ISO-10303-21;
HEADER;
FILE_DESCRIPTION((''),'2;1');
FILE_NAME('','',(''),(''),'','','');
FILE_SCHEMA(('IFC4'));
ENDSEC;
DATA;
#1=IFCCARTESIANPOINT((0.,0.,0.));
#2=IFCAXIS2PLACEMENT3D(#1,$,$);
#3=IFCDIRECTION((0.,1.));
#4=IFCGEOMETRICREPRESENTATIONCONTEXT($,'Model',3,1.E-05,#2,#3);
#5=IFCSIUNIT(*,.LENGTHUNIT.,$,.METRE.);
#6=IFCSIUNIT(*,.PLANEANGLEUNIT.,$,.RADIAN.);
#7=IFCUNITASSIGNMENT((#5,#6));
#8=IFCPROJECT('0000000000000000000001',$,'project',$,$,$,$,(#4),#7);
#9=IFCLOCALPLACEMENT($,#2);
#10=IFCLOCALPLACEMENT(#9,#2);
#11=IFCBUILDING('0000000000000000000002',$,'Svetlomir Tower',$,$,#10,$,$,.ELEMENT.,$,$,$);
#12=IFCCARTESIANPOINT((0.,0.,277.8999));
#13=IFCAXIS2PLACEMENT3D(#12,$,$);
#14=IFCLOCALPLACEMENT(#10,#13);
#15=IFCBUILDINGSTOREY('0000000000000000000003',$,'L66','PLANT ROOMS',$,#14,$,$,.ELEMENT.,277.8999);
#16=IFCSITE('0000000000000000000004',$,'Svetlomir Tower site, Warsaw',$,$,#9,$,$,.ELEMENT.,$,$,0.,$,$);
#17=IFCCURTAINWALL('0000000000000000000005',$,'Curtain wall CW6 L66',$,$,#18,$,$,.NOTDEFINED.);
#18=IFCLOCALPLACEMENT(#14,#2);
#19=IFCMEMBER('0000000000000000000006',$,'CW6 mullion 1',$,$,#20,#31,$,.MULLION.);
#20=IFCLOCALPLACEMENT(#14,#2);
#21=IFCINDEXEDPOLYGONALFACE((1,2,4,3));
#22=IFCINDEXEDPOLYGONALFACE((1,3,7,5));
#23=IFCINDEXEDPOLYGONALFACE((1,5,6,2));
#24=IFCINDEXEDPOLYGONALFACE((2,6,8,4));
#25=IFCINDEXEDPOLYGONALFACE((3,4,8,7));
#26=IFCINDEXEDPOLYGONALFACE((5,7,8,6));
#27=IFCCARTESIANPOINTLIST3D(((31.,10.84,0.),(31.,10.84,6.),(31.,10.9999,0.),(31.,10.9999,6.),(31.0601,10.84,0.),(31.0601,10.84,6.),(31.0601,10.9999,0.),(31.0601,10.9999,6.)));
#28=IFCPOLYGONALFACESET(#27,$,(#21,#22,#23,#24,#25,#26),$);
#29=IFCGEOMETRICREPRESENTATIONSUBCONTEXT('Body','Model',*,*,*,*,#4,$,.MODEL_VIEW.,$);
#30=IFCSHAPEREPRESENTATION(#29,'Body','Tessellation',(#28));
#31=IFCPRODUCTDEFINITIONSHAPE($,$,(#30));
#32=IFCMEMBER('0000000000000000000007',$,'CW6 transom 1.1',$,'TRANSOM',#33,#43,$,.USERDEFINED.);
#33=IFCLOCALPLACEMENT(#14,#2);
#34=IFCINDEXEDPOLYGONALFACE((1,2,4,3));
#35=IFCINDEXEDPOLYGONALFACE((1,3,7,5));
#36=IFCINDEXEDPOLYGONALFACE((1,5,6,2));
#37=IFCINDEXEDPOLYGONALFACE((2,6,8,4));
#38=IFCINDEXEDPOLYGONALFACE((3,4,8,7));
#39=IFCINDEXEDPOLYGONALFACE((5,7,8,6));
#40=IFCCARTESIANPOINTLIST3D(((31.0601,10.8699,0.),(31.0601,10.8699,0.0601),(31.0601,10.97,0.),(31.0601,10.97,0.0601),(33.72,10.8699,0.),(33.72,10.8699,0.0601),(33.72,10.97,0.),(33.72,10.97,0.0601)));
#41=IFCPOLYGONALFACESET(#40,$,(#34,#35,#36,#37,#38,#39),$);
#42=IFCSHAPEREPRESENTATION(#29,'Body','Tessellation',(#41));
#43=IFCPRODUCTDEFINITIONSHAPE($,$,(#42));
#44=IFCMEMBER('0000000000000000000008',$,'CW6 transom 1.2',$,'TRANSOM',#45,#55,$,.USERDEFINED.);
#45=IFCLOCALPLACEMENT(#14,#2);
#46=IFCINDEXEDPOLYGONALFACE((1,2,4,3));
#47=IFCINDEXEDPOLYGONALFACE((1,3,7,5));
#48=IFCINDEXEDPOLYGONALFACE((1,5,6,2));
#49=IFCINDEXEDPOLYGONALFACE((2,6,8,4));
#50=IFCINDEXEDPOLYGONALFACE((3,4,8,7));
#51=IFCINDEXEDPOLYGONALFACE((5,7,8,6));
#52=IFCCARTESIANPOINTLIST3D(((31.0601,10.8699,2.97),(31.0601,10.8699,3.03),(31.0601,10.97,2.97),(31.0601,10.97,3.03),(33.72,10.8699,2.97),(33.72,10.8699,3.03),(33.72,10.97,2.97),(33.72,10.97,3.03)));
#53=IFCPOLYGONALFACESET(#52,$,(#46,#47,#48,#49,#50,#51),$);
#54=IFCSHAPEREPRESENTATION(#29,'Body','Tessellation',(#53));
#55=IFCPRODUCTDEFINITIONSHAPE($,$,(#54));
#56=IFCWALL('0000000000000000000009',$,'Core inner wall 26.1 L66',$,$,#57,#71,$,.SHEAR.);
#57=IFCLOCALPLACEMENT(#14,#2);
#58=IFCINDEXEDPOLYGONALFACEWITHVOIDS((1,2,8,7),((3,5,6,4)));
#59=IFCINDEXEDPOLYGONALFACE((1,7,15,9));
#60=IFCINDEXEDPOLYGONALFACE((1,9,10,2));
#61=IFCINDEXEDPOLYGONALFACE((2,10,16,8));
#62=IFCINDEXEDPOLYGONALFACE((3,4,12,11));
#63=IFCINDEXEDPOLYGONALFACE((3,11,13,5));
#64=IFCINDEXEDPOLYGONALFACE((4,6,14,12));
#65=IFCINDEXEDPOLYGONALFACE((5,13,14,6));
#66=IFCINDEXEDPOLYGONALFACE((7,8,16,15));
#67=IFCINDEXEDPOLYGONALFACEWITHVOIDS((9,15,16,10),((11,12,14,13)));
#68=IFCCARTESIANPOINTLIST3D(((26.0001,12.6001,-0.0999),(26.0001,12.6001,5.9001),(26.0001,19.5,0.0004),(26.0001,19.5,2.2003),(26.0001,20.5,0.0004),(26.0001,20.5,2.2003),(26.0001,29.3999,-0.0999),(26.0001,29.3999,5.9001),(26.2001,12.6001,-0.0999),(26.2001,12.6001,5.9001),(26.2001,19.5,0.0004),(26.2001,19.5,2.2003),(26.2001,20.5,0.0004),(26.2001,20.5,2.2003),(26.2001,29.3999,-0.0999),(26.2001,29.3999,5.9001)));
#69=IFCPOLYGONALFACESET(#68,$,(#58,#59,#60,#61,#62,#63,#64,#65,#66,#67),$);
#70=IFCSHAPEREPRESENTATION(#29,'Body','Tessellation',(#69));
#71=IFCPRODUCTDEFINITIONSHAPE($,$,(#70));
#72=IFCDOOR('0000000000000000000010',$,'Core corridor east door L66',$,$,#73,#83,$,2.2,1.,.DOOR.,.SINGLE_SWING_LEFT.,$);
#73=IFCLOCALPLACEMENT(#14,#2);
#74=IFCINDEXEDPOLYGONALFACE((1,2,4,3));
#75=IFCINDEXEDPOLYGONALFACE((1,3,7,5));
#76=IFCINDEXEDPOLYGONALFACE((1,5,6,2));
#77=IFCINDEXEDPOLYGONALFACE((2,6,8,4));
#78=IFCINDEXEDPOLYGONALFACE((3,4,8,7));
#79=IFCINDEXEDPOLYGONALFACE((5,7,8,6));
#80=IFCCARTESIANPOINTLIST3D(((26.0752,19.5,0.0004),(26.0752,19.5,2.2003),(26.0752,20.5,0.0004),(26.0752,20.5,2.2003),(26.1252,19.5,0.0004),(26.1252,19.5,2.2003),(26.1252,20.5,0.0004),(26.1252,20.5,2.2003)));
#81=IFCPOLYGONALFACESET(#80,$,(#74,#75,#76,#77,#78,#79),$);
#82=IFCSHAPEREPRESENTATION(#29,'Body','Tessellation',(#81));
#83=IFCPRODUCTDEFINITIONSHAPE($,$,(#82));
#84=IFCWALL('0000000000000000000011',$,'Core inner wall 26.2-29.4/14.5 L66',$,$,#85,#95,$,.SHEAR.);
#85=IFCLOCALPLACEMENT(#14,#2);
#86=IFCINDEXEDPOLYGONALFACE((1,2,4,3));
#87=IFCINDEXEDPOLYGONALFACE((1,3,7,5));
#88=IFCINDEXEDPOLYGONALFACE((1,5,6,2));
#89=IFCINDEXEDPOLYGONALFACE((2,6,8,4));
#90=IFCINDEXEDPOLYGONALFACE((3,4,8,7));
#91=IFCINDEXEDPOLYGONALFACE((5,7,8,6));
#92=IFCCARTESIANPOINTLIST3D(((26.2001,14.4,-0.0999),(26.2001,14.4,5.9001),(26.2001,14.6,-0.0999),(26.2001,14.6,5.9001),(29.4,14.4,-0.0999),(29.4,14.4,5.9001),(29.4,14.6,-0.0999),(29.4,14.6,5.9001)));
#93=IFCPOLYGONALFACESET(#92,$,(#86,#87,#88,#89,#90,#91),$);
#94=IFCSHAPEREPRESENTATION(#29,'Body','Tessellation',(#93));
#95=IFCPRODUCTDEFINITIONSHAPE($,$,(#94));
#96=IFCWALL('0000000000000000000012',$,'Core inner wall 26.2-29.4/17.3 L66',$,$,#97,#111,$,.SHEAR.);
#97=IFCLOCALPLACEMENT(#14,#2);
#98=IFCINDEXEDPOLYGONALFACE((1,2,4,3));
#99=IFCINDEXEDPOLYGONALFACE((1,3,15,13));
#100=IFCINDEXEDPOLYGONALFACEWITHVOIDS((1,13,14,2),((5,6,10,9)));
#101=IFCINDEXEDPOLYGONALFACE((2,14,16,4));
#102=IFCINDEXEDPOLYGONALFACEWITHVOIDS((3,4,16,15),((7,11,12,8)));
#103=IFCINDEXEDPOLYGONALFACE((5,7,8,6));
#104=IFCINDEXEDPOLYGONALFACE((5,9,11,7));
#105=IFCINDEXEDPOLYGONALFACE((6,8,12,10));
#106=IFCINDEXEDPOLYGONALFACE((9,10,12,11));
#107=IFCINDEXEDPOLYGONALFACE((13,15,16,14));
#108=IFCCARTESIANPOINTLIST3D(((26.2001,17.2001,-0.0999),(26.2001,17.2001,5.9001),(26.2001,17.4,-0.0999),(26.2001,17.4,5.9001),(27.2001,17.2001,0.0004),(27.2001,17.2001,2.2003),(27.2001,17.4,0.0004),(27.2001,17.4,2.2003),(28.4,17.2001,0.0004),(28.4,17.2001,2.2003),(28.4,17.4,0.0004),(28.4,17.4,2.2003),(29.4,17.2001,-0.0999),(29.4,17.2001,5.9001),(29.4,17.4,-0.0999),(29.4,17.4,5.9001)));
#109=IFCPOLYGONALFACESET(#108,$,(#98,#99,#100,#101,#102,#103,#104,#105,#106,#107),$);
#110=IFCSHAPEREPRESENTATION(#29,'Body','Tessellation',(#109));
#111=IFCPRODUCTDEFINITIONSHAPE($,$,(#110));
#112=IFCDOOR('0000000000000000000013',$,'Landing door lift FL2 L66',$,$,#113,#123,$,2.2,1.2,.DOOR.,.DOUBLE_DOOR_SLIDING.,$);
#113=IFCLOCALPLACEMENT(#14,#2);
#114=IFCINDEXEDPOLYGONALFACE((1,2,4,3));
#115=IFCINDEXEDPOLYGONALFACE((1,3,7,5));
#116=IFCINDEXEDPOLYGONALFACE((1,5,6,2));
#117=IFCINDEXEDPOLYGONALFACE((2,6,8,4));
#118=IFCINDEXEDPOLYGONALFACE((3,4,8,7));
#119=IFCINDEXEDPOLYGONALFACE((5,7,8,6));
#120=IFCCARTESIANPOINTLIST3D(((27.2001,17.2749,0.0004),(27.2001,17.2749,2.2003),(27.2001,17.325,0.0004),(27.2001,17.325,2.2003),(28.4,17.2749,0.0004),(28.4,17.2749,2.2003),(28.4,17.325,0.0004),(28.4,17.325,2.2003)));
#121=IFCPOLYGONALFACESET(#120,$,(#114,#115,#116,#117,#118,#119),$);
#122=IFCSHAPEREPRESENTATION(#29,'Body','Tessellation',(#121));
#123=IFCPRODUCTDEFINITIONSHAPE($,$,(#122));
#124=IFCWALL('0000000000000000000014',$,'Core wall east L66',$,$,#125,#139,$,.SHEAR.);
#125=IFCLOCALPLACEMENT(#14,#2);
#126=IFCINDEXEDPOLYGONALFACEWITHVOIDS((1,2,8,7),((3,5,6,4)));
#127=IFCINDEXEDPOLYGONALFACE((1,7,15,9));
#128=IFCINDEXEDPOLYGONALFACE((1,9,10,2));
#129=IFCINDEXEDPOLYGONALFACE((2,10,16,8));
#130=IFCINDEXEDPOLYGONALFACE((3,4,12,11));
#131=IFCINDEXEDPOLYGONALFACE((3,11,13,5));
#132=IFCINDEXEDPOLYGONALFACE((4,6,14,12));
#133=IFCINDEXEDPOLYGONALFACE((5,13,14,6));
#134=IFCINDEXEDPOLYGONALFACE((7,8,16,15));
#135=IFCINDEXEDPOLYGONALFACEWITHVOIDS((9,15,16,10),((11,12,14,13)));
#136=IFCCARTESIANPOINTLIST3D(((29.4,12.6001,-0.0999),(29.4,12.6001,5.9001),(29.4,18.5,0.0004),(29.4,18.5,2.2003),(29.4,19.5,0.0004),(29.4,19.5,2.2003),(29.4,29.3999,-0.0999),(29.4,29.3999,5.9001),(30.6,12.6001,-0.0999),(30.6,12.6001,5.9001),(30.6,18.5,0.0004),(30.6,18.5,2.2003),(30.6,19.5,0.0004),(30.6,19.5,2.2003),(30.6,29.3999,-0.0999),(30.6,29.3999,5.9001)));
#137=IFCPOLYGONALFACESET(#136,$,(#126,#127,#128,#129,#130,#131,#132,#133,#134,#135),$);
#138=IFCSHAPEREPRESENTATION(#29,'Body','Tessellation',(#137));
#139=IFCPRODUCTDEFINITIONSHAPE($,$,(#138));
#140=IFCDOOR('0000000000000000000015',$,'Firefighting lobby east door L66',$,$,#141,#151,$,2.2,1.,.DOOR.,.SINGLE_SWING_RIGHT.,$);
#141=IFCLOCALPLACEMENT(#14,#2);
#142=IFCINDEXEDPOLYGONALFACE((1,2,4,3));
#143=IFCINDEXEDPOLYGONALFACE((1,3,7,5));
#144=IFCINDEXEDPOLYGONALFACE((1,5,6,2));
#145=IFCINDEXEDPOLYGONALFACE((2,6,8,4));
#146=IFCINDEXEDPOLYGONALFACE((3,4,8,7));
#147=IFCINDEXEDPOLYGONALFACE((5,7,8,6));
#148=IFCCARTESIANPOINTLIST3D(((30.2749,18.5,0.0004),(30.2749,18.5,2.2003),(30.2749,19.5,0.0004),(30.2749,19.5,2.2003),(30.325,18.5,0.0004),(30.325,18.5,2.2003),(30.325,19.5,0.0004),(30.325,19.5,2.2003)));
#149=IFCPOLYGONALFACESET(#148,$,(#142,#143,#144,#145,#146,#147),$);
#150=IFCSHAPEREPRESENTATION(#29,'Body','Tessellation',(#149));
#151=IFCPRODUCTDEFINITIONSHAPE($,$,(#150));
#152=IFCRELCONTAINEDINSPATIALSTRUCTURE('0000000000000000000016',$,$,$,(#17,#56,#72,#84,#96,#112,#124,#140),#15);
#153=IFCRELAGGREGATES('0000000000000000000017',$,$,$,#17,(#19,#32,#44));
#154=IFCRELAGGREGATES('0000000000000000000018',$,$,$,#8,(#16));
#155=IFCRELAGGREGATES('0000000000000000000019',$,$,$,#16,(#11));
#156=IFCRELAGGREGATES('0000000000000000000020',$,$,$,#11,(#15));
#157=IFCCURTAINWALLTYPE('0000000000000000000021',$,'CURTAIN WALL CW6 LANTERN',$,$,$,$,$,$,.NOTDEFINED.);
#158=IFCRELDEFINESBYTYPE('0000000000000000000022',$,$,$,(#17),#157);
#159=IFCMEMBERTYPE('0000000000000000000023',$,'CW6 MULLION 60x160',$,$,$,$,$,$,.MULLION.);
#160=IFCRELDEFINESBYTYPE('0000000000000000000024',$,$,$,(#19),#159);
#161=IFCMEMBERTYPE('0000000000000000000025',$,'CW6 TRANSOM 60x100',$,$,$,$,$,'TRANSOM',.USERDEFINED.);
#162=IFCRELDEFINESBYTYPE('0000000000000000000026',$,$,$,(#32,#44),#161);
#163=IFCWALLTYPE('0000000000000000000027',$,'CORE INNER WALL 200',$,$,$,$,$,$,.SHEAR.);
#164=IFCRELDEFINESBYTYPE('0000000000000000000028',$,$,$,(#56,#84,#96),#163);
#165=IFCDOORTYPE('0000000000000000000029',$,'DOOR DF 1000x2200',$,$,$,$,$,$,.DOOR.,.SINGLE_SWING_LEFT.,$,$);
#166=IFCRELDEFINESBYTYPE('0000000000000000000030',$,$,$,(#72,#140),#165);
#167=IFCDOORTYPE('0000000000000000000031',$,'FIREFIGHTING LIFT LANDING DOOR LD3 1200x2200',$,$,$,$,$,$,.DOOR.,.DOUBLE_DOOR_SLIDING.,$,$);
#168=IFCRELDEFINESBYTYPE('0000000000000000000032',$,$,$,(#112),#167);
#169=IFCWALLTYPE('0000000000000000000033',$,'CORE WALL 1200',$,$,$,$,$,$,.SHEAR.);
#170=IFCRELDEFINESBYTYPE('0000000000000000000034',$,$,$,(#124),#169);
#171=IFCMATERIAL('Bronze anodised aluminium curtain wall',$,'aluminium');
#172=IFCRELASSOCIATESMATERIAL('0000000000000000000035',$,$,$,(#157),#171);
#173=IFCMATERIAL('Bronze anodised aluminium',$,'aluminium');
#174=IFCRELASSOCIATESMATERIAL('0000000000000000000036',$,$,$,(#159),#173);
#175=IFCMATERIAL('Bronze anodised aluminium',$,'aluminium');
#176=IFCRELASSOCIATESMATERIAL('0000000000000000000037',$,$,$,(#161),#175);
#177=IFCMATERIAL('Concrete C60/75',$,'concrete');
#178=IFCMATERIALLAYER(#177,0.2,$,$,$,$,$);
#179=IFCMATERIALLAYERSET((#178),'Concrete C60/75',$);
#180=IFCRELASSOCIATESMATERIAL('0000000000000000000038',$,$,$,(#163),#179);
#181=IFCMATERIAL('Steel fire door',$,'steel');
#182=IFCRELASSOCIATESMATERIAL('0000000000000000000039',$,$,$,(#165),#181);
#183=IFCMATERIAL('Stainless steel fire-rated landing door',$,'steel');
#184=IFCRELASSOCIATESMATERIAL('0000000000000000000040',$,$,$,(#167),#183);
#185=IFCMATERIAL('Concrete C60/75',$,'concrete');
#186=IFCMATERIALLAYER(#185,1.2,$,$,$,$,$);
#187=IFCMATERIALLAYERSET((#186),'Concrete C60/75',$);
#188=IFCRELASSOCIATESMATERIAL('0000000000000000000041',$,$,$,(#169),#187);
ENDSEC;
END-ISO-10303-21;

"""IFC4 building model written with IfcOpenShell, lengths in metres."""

from ifc_helpers import new_model, si_unit, direction, frame, frame_2d, origin, origin_2d, place, context, subcontext, project, spatial, rectangle, extrude, material, layer, layer_set, material_profile, profile_set, type_object, element, fill, aggregate, save


model = new_model("IFC4")

# Units and contexts
model_context = context("Model", 3, precision=1e-05, world=origin(), true_north=direction((0.0, 1.0)))
body_context = subcontext(model_context, "Body", "Model", "MODEL_VIEW")
ifc_project = project(units=[si_unit("LENGTHUNIT", "METRE"), si_unit("PLANEANGLEUNIT", "RADIAN")], contexts=[model_context])

# Site, building, storey
site_placement = place(None, origin())
site = spatial("IfcSite", under=ifc_project, at=site_placement, Name="Svetlomir Tower site, Warsaw", CompositionType="ELEMENT", RefElevation=0.0)
building_placement = place(site_placement, origin())
building = spatial("IfcBuilding", under=site, at=building_placement, Name="Svetlomir Tower", CompositionType="ELEMENT")
storey_placement = place(building_placement, frame((0.0, 0.0, 277.8999)))
storey = spatial("IfcBuildingStorey", under=building, at=storey_placement, Name="L66", Description="PLANT ROOMS", CompositionType="ELEMENT", Elevation=277.8999)

# Curtain wall, members
ifc_material_1 = material(Name="Bronze anodised aluminium curtain wall", Category="aluminium")
curtain_wall_type = type_object("IfcCurtainWallType", Name="CURTAIN WALL CW6 LANTERN", PredefinedType="NOTDEFINED", material=ifc_material_1)
curtain_wall_placement = place(storey_placement, origin())
curtain_wall = element("IfcCurtainWall", 1, at=curtain_wall_placement, inside=storey, type_object=curtain_wall_type, Name="Curtain wall CW6 L66", PredefinedType="NOTDEFINED")
ifc_material_2 = material(Name="Bronze anodised aluminium", Category="aluminium")
ifc_material_profile_1 = material_profile(ifc_material_2, rectangle(XDim=0.0601, YDim=0.1599, at=origin_2d()), Name="AL 60x160")
ifc_profile_set_1 = profile_set([ifc_material_profile_1], Name="Bronze anodised aluminium 6063-T6")
member_type_1 = type_object("IfcMemberType", Name="CW6 MULLION 60x160", PredefinedType="MULLION", material=ifc_profile_set_1)
member_1_placement = place(storey_placement, frame((31.03, 10.9199, 0.0), z_axis=(0.0, 0.0, 1.0), x_axis=(1.0, 0.0, 0.0)))
member_1 = element("IfcMember", 2, at=member_1_placement, type_object=member_type_1, Name="CW6 mullion 1", PredefinedType="MULLION", context=body_context, shape_type="SweptSolid", body=[
    extrude(rectangle(XDim=0.0601, YDim=0.1599, at=origin_2d()), origin(), (0.0, 0.0, 1.0), 6.0),
])
ifc_material_3 = material(Name="Bronze anodised aluminium", Category="aluminium")
ifc_material_profile_2 = material_profile(ifc_material_3, rectangle(XDim=0.1001, YDim=0.0601, at=origin_2d()), Name="AL 100x60")
ifc_profile_set_2 = profile_set([ifc_material_profile_2], Name="Bronze anodised aluminium 6063-T6")
member_type_2 = type_object("IfcMemberType", Name="CW6 TRANSOM 60x100", ElementType="TRANSOM", PredefinedType="USERDEFINED", material=ifc_profile_set_2)
member_2_placement = place(storey_placement, frame((31.0601, 10.9199, 0.03), z_axis=(1.0, 0.0, 0.0), x_axis=(0.0, 1.0, 0.0)))
member_2 = element("IfcMember", 3, at=member_2_placement, type_object=member_type_2, Name="CW6 transom 1.1", ObjectType="TRANSOM", PredefinedType="USERDEFINED", context=body_context, shape_type="SweptSolid", body=[
    extrude(rectangle(XDim=0.1001, YDim=0.0601, at=origin_2d()), origin(), (0.0, 0.0, 1.0), 2.6599),
])
member_3_placement = place(storey_placement, frame((31.0601, 10.9199, 3.0), z_axis=(1.0, 0.0, 0.0), x_axis=(0.0, 1.0, 0.0)))
member_3 = element("IfcMember", 4, at=member_3_placement, type_object=member_type_2, Name="CW6 transom 1.2", ObjectType="TRANSOM", PredefinedType="USERDEFINED", context=body_context, shape_type="SweptSolid", body=[
    extrude(rectangle(XDim=0.1001, YDim=0.0601, at=origin_2d()), origin(), (0.0, 0.0, 1.0), 2.6599),
])
aggregate(curtain_wall, [member_1, member_2, member_3])

# Wall, opening, door
ifc_material_4 = material(Name="Concrete C60/75", Category="concrete")
ifc_layer_1 = layer(ifc_material_4, 0.2)
ifc_layer_set_1 = layer_set([ifc_layer_1], Name="Concrete C60/75")
wall_type_1 = type_object("IfcWallType", Name="CORE INNER WALL 200", PredefinedType="SHEAR", material=ifc_layer_set_1)
wall_1_placement = place(storey_placement, frame((26.1001, 12.6001, -0.0999), z_axis=(0.0, 0.0, 1.0), x_axis=(0.0, 1.0, 0.0)))
wall_1 = element("IfcWall", 5, at=wall_1_placement, inside=storey, type_object=wall_type_1, Name="Core inner wall 26.1 L66", PredefinedType="SHEAR", context=body_context, shape_type="SweptSolid", body=[
    extrude(rectangle(XDim=16.7998, YDim=0.2, at=frame_2d((8.3999, 0.0))), origin(), (0.0, 0.0, 1.0), 6.0),
])
opening_1_placement = place(wall_1_placement, frame((6.8999, 0.0, 0.1001)))
opening_1 = element("IfcOpeningElement", 6, at=opening_1_placement, cuts=wall_1, PredefinedType="OPENING", context=body_context, shape_type="SweptSolid", body=[
    extrude(rectangle(XDim=1.0, YDim=2.2, at=frame_2d((0.5, 1.1001))), frame((0.0, 0.1099, 0.0), z_axis=(0.0, -1.0, 0.0), x_axis=(1.0, 0.0, 0.0)), (0.0, 0.0, 1.0), 0.22),
])
ifc_material_5 = material(Name="Steel fire door", Category="steel")
door_type_1 = type_object("IfcDoorType", Name="DOOR DF 1000x2200", OperationType="SINGLE_SWING_LEFT", PredefinedType="DOOR", material=ifc_material_5)
door_1_placement = place(opening_1_placement, origin())
door_1 = element("IfcDoor", 7, at=door_1_placement, inside=storey, type_object=door_type_1, Name="Core corridor east door L66", OperationType="SINGLE_SWING_LEFT", OverallHeight=2.2, OverallWidth=1.0, PredefinedType="DOOR", context=body_context, shape_type="SweptSolid", body=[
    extrude(rectangle(XDim=1.0, YDim=2.2, at=frame_2d((0.5, 1.1001))), frame((0.0, 0.0249, 0.0), z_axis=(0.0, -1.0, 0.0), x_axis=(1.0, 0.0, 0.0)), (0.0, 0.0, 1.0), 0.05),
])
fill(opening_1, door_1)

# Wall
wall_2_placement = place(storey_placement, frame((26.2, 14.5, -0.0999), z_axis=(0.0, 0.0, 1.0), x_axis=(1.0, 0.0, 0.0)))
element("IfcWall", 8, at=wall_2_placement, inside=storey, type_object=wall_type_1, Name="Core inner wall 26.2-29.4/14.5 L66", PredefinedType="SHEAR", context=body_context, shape_type="SweptSolid", body=[
    extrude(rectangle(XDim=3.2, YDim=0.2, at=frame_2d((1.6001, 0.0))), origin(), (0.0, 0.0, 1.0), 6.0),
])

# Walls, openings, doors
wall_3_placement = place(storey_placement, frame((26.2, 17.3, -0.0999), z_axis=(0.0, 0.0, 1.0), x_axis=(1.0, 0.0, 0.0)))
wall_3 = element("IfcWall", 9, at=wall_3_placement, inside=storey, type_object=wall_type_1, Name="Core inner wall 26.2-29.4/17.3 L66", PredefinedType="SHEAR", context=body_context, shape_type="SweptSolid", body=[
    extrude(rectangle(XDim=3.2, YDim=0.2, at=frame_2d((1.6001, 0.0))), origin(), (0.0, 0.0, 1.0), 6.0),
])
opening_2_placement = place(wall_3_placement, frame((1.0, 0.0, 0.1001)))
opening_2 = element("IfcOpeningElement", 10, at=opening_2_placement, cuts=wall_3, PredefinedType="OPENING", context=body_context, shape_type="SweptSolid", body=[
    extrude(rectangle(XDim=1.2, YDim=2.2, at=frame_2d((0.6001, 1.1001))), frame((0.0, 0.1099, 0.0), z_axis=(0.0, -1.0, 0.0), x_axis=(1.0, 0.0, 0.0)), (0.0, 0.0, 1.0), 0.22),
])
ifc_material_6 = material(Name="Stainless steel fire-rated landing door", Category="steel")
door_type_2 = type_object("IfcDoorType", Name="FIREFIGHTING LIFT LANDING DOOR LD3 1200x2200", OperationType="DOUBLE_DOOR_SLIDING", PredefinedType="DOOR", material=ifc_material_6)
door_2_placement = place(opening_2_placement, origin())
door_2 = element("IfcDoor", 11, at=door_2_placement, inside=storey, type_object=door_type_2, Name="Landing door lift FL2 L66", OperationType="DOUBLE_DOOR_SLIDING", OverallHeight=2.2, OverallWidth=1.2, PredefinedType="DOOR", context=body_context, shape_type="SweptSolid", body=[
    extrude(rectangle(XDim=1.2, YDim=2.2, at=frame_2d((0.6001, 1.1001))), frame((0.0, 0.0249, 0.0), z_axis=(0.0, -1.0, 0.0), x_axis=(1.0, 0.0, 0.0)), (0.0, 0.0, 1.0), 0.05),
])
fill(opening_2, door_2)
ifc_material_7 = material(Name="Concrete C60/75", Category="concrete")
ifc_layer_2 = layer(ifc_material_7, 1.2)
ifc_layer_set_2 = layer_set([ifc_layer_2], Name="Concrete C60/75")
wall_type_2 = type_object("IfcWallType", Name="CORE WALL 1200", PredefinedType="SHEAR", material=ifc_layer_set_2)
wall_4_placement = place(storey_placement, frame((30.0, 12.6001, -0.0999), z_axis=(0.0, 0.0, 1.0), x_axis=(0.0, 1.0, 0.0)))
wall_4 = element("IfcWall", 12, at=wall_4_placement, inside=storey, type_object=wall_type_2, Name="Core wall east L66", PredefinedType="SHEAR", context=body_context, shape_type="SweptSolid", body=[
    extrude(rectangle(XDim=16.7998, YDim=1.2, at=frame_2d((8.3999, 0.0))), origin(), (0.0, 0.0, 1.0), 6.0),
])
opening_3_placement = place(wall_4_placement, frame((5.8999, 0.0, 0.1001)))
opening_3 = element("IfcOpeningElement", 13, at=opening_3_placement, cuts=wall_4, PredefinedType="OPENING", context=body_context, shape_type="SweptSolid", body=[
    extrude(rectangle(XDim=1.0, YDim=2.2, at=frame_2d((0.5, 1.1001))), frame((0.0, 0.6099, 0.0), z_axis=(0.0, -1.0, 0.0), x_axis=(1.0, 0.0, 0.0)), (0.0, 0.0, 1.0), 1.22),
])
door_3_placement = place(opening_3_placement, origin())
door_3 = element("IfcDoor", 14, at=door_3_placement, inside=storey, type_object=door_type_1, Name="Firefighting lobby east door L66", OperationType="SINGLE_SWING_RIGHT", OverallHeight=2.2, OverallWidth=1.0, PredefinedType="DOOR", context=body_context, shape_type="SweptSolid", body=[
    extrude(rectangle(XDim=1.0, YDim=2.2, at=frame_2d((0.5, 1.1001))), frame((0.0, -0.2749, 0.0), z_axis=(0.0, -1.0, 0.0), x_axis=(1.0, 0.0, 0.0)), (0.0, 0.0, 1.0), 0.05),
])
fill(opening_3, door_3)

save(model, "model.ifc")
